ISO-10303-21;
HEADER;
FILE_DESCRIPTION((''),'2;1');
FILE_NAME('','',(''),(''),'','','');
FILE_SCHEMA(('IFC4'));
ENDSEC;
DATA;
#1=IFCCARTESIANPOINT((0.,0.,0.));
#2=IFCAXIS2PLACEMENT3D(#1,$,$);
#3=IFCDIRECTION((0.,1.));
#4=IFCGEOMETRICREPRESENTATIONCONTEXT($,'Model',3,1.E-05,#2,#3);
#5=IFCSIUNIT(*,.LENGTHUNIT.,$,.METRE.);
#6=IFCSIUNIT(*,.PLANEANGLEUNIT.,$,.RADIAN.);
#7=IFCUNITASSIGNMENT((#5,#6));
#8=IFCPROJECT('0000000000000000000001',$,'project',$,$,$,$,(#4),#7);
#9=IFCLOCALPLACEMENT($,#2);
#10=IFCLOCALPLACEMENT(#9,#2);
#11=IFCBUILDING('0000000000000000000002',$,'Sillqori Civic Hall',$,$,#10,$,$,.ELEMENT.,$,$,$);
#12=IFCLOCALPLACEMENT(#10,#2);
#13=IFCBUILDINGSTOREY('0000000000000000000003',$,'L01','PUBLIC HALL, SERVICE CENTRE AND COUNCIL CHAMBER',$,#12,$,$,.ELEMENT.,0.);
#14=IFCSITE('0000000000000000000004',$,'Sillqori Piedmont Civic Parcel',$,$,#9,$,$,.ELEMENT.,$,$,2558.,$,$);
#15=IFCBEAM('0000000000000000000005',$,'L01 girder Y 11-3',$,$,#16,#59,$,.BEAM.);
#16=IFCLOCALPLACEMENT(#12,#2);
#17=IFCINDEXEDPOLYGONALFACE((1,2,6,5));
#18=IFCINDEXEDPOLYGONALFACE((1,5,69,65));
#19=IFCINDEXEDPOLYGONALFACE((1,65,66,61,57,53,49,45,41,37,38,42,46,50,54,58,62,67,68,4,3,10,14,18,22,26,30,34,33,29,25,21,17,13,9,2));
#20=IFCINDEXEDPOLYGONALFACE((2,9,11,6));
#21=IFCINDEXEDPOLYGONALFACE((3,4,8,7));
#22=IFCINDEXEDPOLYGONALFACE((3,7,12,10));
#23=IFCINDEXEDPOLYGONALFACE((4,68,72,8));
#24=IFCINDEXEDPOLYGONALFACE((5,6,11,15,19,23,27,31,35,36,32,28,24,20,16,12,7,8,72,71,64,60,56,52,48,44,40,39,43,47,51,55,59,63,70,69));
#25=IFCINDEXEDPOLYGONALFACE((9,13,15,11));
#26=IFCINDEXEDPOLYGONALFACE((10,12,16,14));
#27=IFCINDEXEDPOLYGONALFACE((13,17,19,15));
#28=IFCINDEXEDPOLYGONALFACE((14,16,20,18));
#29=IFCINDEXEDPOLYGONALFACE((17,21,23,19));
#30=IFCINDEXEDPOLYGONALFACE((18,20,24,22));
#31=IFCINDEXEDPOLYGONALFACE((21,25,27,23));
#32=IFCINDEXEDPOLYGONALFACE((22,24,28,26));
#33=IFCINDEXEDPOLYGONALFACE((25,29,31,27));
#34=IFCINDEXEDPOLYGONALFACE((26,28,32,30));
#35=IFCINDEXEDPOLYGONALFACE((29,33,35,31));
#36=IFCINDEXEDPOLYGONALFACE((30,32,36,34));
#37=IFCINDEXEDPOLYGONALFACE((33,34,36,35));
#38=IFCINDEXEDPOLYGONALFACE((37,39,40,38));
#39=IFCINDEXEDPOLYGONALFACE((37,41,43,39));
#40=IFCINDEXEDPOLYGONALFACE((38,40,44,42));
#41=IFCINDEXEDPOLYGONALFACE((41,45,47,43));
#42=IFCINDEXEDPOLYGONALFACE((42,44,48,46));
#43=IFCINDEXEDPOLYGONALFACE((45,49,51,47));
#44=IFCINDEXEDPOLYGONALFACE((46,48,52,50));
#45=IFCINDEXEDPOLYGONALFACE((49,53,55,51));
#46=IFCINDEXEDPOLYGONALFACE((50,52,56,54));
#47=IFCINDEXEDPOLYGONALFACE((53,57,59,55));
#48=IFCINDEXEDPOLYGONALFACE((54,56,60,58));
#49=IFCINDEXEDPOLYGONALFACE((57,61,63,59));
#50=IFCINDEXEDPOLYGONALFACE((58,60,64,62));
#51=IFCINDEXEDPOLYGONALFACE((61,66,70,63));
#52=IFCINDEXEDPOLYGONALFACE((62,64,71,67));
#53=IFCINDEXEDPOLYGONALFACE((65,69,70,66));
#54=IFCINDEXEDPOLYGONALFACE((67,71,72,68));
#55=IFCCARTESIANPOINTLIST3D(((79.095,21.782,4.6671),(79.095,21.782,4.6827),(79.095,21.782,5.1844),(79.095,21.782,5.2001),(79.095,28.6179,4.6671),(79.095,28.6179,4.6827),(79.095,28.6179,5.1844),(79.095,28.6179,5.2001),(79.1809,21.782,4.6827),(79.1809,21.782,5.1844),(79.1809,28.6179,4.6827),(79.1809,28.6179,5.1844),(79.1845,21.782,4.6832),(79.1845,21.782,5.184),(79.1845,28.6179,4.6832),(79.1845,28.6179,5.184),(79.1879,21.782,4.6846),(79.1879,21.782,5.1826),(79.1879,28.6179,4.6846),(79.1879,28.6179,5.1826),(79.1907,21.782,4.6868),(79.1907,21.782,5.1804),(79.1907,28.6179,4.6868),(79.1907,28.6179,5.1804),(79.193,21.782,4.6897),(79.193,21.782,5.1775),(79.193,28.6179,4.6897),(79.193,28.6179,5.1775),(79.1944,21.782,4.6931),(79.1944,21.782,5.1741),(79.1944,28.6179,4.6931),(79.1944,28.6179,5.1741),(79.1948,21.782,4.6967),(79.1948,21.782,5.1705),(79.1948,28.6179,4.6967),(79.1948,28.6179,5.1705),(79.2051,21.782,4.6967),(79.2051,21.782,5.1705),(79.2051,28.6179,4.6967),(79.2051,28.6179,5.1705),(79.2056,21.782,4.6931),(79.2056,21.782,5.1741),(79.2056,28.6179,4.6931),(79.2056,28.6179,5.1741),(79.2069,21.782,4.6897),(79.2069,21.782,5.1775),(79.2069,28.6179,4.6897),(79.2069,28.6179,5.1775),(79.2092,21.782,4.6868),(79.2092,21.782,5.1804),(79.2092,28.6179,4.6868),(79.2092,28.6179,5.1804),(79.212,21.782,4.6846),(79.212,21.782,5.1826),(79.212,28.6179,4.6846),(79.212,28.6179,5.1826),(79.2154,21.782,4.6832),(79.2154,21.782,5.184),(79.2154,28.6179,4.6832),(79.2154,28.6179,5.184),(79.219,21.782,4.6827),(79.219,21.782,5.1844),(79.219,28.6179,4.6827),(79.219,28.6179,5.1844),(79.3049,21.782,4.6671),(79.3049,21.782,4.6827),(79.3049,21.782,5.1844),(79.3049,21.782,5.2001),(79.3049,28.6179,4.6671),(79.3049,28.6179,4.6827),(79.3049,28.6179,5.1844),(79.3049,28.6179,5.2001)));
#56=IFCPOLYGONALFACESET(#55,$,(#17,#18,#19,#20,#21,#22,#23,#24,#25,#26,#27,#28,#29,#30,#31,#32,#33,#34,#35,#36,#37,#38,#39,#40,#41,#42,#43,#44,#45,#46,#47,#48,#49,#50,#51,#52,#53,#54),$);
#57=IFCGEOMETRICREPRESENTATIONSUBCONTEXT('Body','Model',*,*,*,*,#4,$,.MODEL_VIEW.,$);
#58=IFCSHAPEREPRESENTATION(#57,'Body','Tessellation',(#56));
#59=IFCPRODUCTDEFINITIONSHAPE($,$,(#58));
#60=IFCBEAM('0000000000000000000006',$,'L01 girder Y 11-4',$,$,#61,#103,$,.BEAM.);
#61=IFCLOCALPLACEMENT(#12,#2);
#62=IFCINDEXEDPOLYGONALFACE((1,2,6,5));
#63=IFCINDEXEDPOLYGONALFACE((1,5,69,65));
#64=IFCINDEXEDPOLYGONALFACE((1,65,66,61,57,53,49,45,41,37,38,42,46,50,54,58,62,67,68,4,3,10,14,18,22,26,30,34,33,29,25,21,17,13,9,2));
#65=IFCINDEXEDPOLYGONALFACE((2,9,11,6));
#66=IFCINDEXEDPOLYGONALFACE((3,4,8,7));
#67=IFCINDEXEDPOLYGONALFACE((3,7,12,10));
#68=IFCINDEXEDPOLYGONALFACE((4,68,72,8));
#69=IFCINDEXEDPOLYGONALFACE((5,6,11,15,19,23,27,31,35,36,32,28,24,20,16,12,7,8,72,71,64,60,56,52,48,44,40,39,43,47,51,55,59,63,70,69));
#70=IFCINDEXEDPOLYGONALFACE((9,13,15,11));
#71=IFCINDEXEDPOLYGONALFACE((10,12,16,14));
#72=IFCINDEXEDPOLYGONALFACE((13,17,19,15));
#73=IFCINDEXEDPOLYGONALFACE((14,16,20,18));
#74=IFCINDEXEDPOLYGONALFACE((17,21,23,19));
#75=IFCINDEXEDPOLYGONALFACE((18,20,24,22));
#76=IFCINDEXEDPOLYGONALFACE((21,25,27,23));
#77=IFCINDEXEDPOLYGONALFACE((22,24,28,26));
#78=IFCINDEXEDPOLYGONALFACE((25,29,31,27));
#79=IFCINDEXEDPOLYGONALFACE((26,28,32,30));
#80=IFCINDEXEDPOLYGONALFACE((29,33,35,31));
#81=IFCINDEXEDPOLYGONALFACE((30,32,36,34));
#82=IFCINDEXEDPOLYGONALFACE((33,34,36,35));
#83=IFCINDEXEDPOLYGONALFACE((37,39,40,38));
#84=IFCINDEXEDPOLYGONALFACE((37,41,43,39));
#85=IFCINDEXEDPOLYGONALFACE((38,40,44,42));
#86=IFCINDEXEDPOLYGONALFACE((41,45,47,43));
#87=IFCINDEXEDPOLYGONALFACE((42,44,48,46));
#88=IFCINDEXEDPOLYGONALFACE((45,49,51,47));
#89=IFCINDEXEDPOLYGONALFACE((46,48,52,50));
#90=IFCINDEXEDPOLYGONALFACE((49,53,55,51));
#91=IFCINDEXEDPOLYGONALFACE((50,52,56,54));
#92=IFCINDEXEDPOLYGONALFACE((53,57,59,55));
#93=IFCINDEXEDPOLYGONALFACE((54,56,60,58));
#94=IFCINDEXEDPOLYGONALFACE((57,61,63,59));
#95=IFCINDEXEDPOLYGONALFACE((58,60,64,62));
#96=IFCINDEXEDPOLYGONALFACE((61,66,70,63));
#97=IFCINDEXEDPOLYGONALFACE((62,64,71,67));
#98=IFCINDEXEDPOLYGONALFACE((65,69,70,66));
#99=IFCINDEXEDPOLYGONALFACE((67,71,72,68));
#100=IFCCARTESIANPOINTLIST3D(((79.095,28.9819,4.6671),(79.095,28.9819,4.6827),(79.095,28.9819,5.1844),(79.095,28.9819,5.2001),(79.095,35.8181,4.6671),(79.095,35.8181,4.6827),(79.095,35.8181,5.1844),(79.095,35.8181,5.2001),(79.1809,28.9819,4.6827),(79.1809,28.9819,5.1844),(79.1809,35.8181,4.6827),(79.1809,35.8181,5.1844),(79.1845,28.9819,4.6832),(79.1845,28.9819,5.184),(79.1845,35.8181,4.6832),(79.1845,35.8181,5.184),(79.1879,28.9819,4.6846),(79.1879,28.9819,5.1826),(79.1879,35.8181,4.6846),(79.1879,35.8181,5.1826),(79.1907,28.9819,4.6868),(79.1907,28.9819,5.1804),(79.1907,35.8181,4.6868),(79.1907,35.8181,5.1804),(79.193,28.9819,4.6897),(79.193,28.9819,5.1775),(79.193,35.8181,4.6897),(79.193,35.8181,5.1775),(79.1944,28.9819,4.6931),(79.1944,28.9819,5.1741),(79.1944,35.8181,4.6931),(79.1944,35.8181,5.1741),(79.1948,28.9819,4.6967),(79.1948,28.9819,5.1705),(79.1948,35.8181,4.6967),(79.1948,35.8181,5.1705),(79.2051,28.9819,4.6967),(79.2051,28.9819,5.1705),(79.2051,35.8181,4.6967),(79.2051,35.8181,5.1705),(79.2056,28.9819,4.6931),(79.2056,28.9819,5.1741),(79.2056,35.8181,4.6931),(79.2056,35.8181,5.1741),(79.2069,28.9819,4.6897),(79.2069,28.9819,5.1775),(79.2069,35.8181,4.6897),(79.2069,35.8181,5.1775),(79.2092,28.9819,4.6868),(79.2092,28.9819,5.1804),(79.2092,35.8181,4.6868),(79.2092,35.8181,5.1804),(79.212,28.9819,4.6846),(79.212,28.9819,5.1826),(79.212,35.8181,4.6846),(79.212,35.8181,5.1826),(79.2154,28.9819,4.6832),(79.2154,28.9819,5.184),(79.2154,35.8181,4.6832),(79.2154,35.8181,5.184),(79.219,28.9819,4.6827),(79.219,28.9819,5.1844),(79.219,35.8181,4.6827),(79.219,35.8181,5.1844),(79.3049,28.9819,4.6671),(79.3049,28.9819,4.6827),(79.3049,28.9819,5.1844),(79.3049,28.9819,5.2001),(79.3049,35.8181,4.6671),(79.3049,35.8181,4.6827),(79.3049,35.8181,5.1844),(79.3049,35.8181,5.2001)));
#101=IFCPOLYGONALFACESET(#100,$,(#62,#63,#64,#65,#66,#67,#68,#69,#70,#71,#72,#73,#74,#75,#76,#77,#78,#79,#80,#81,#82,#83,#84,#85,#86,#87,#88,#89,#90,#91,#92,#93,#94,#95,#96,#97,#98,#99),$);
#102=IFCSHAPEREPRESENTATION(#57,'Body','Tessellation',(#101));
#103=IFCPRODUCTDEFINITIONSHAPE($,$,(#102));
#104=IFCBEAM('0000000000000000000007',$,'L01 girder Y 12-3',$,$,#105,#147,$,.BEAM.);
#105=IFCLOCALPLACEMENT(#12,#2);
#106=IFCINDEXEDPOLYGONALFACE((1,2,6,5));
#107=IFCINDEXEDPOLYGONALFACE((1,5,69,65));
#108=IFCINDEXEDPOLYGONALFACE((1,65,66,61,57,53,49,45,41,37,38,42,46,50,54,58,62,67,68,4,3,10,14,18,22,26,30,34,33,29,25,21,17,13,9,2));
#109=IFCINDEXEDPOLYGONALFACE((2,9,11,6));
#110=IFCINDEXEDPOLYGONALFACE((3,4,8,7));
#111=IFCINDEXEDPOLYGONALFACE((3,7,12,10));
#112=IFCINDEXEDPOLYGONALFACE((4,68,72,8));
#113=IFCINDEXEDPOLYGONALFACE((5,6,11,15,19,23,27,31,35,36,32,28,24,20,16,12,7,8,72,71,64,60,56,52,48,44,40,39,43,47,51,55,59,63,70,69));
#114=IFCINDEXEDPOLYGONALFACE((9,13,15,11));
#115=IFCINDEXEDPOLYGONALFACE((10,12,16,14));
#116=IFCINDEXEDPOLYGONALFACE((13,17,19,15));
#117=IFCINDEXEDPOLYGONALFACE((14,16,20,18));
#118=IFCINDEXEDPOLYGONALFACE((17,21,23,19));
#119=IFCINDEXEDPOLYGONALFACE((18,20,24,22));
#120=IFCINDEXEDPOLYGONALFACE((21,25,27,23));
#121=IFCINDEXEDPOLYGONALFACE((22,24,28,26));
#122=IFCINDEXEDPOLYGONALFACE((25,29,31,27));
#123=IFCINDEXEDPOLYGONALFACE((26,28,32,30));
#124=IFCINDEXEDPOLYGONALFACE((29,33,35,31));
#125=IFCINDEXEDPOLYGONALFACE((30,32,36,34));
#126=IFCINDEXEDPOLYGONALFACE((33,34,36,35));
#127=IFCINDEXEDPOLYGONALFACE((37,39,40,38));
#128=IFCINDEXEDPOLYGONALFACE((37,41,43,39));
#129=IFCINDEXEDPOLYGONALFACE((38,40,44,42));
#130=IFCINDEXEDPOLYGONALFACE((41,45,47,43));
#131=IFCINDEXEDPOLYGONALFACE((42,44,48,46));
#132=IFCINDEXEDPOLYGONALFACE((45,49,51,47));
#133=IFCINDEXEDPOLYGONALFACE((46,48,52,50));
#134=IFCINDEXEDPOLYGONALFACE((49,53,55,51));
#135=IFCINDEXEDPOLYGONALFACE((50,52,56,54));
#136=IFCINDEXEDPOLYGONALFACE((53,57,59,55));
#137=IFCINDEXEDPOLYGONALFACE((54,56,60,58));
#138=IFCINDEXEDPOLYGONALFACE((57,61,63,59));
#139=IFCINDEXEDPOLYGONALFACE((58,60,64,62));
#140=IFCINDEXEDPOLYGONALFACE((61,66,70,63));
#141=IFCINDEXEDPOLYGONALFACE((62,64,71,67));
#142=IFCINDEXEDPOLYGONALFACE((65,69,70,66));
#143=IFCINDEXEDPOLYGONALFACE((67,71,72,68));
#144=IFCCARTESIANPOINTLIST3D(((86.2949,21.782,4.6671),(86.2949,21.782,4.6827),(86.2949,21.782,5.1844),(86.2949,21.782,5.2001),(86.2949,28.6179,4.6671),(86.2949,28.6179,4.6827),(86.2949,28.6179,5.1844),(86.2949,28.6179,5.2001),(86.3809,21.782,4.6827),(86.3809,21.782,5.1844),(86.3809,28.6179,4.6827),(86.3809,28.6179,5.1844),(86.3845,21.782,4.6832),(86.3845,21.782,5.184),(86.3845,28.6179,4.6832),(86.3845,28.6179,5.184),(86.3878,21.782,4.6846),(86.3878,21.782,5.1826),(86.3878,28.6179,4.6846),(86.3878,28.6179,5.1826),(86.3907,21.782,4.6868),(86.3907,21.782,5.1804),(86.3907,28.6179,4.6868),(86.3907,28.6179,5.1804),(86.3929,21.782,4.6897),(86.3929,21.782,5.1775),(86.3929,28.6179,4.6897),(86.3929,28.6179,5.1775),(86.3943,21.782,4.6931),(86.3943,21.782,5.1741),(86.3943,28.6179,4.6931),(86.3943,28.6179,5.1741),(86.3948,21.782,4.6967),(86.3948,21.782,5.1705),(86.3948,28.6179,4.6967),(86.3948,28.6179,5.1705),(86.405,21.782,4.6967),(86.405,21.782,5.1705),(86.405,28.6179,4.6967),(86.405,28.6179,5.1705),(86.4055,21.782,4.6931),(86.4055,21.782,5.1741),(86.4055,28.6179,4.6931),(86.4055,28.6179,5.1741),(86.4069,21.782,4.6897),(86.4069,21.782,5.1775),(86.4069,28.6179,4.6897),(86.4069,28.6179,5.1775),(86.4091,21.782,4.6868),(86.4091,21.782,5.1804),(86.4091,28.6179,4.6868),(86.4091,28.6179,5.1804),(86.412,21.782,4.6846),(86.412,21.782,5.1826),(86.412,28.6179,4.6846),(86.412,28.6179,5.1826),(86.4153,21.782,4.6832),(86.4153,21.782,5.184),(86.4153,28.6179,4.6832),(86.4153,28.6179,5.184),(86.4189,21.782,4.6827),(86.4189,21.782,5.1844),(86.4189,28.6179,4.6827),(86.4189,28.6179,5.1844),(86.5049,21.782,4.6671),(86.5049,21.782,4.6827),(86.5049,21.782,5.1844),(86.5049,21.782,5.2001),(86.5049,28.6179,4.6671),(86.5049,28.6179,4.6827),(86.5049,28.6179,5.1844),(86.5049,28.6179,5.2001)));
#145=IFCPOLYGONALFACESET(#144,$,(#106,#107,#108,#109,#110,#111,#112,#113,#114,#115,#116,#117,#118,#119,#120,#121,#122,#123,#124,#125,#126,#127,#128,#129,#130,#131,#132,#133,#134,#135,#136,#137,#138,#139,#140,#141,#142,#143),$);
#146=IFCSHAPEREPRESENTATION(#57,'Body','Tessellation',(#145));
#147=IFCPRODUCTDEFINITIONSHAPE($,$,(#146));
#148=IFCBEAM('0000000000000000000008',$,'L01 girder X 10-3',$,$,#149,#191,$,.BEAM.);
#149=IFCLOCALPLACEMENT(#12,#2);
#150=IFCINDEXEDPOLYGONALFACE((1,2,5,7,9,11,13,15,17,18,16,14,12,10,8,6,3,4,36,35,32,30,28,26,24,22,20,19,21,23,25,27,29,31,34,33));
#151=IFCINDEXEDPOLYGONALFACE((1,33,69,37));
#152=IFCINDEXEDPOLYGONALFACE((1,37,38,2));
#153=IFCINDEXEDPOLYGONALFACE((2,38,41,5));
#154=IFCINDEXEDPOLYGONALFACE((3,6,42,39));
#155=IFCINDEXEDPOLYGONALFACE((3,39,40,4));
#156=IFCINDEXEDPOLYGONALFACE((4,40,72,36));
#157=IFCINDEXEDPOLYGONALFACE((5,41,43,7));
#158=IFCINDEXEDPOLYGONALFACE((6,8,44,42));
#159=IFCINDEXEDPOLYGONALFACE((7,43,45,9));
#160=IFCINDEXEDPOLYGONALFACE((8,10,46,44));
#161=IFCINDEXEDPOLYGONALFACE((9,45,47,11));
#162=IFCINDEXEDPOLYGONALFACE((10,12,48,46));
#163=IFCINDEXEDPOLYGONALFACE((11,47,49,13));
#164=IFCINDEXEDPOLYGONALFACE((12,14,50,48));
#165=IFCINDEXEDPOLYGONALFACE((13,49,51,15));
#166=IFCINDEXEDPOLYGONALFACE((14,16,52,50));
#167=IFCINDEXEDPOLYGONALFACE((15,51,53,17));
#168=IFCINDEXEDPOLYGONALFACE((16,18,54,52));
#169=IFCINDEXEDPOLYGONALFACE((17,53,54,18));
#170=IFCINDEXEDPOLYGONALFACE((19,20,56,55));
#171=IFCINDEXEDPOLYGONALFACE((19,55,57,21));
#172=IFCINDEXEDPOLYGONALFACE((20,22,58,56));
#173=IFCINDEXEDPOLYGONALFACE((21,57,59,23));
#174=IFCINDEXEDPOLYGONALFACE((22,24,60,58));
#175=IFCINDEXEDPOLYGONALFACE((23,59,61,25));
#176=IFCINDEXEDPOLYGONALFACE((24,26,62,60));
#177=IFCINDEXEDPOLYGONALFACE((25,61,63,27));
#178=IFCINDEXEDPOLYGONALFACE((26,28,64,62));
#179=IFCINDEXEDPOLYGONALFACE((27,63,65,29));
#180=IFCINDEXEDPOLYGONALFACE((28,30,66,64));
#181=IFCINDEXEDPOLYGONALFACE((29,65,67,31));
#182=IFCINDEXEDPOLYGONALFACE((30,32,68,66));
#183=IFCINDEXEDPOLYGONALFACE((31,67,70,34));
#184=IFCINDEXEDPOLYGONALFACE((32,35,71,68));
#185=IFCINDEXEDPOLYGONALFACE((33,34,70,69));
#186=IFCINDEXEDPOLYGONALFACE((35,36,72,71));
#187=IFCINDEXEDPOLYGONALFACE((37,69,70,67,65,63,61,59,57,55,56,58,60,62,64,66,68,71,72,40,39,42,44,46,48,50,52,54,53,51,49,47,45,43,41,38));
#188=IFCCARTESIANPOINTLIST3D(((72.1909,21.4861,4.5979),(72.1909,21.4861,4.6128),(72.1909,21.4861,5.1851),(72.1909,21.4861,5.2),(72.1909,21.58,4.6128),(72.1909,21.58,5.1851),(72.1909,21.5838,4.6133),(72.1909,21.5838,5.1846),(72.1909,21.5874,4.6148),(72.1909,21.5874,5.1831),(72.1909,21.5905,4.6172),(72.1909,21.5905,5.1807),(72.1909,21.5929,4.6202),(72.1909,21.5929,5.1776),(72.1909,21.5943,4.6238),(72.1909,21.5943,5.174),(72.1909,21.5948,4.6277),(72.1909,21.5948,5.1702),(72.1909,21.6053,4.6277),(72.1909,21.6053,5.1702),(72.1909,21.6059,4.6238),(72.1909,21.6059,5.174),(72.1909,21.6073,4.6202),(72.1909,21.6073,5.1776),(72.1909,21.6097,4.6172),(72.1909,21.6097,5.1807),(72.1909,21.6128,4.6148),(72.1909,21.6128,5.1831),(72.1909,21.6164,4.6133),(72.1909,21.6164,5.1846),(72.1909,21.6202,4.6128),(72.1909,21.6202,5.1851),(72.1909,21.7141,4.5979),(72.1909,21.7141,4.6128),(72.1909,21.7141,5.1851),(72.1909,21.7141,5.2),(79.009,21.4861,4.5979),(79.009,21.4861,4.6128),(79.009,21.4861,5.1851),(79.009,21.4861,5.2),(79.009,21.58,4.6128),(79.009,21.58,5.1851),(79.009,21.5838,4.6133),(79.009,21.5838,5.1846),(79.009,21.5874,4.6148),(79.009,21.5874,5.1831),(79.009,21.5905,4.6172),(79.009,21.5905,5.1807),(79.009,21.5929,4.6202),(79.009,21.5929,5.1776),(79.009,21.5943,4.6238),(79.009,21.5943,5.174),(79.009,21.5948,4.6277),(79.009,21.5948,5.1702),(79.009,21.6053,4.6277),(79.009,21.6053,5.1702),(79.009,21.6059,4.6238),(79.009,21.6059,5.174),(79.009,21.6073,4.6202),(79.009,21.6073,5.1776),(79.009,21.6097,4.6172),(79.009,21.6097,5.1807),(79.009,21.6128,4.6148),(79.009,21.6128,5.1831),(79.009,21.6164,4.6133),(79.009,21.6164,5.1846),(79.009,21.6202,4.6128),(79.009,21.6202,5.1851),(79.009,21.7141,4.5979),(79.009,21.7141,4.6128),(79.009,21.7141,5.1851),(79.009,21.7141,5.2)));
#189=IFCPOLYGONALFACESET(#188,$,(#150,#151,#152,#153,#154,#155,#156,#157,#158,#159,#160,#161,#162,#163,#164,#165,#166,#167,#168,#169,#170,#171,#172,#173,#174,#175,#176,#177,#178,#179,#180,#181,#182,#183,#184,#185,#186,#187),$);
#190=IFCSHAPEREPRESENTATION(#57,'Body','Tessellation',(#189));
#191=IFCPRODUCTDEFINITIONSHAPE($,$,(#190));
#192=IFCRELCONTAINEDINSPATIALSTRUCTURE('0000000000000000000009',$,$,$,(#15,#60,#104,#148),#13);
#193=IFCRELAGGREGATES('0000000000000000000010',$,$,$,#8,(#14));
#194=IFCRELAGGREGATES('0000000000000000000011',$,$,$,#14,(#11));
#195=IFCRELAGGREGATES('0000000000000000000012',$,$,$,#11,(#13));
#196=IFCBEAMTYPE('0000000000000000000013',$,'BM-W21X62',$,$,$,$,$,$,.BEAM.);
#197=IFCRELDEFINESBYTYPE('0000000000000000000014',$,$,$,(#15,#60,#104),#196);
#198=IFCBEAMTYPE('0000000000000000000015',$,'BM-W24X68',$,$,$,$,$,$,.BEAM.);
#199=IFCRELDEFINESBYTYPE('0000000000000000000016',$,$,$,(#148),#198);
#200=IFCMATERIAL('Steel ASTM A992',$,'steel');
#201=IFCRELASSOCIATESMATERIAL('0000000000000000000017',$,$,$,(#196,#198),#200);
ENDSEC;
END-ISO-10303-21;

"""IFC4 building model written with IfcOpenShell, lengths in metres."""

from ifc_helpers import new_model, si_unit, direction, frame, origin, origin_2d, place, context, subcontext, project, spatial, i_section, extrude, material, material_profile, profile_set, type_object, element, save


model = new_model("IFC4")

# Units and contexts
model_context = context("Model", 3, precision=1e-05, world=origin(), true_north=direction((0.0, 1.0)))
body_context = subcontext(model_context, "Body", "Model", "MODEL_VIEW")
ifc_project = project(units=[si_unit("LENGTHUNIT", "METRE"), si_unit("PLANEANGLEUNIT", "RADIAN")], contexts=[model_context])

# Site, building, storey
site_placement = place(None, origin())
site = spatial("IfcSite", under=ifc_project, at=site_placement, Name="Sillqori Piedmont Civic Parcel", CompositionType="ELEMENT", RefElevation=2558.0)
building_placement = place(site_placement, origin())
building = spatial("IfcBuilding", under=site, at=building_placement, Name="Sillqori Civic Hall", CompositionType="ELEMENT")
storey_placement = place(building_placement, origin())
storey = spatial("IfcBuildingStorey", under=building, at=storey_placement, Name="L01", Description="PUBLIC HALL, SERVICE CENTRE AND COUNCIL CHAMBER", CompositionType="ELEMENT", Elevation=0.0)

# Shared definitions
ifc_material_1 = material(Name="Steel ASTM A992", Category="steel")

# Beams
ifc_material_profile_1 = material_profile(ifc_material_1, i_section(OverallWidth=0.21, OverallDepth=0.533, WebThickness=0.0103, FlangeThickness=0.0156, FilletRadius=0.0139, at=origin_2d()), Name="W21X62")
ifc_profile_set_1 = profile_set([ifc_material_profile_1], Name="Steel ASTM A992")
beam_type_1 = type_object("IfcBeamType", Name="BM-W21X62", PredefinedType="BEAM", material=ifc_profile_set_1)
beam_1_placement = place(storey_placement, frame((79.2, 21.782, 4.9336), z_axis=(0.0, 1.0, 0.0), x_axis=(-1.0, 0.0, 0.0)))
element("IfcBeam", 1, at=beam_1_placement, inside=storey, type_object=beam_type_1, Name="L01 girder Y 11-3", PredefinedType="BEAM", context=body_context, shape_type="SweptSolid", body=[
    extrude(i_section(OverallWidth=0.21, OverallDepth=0.533, WebThickness=0.0103, FlangeThickness=0.0156, FilletRadius=0.0139, at=origin_2d()), origin(), (0.0, 0.0, 1.0), 6.8359),
])
beam_2_placement = place(storey_placement, frame((79.2, 28.9819, 4.9336), z_axis=(0.0, 1.0, 0.0), x_axis=(-1.0, 0.0, 0.0)))
element("IfcBeam", 2, at=beam_2_placement, inside=storey, type_object=beam_type_1, Name="L01 girder Y 11-4", PredefinedType="BEAM", context=body_context, shape_type="SweptSolid", body=[
    extrude(i_section(OverallWidth=0.21, OverallDepth=0.533, WebThickness=0.0103, FlangeThickness=0.0156, FilletRadius=0.0139, at=origin_2d()), origin(), (0.0, 0.0, 1.0), 6.8362),
])
beam_3_placement = place(storey_placement, frame((86.3999, 21.782, 4.9336), z_axis=(0.0, 1.0, 0.0), x_axis=(-1.0, 0.0, 0.0)))
element("IfcBeam", 3, at=beam_3_placement, inside=storey, type_object=beam_type_1, Name="L01 girder Y 12-3", PredefinedType="BEAM", context=body_context, shape_type="SweptSolid", body=[
    extrude(i_section(OverallWidth=0.21, OverallDepth=0.533, WebThickness=0.0103, FlangeThickness=0.0156, FilletRadius=0.0139, at=origin_2d()), origin(), (0.0, 0.0, 1.0), 6.8359),
])
ifc_material_profile_2 = material_profile(ifc_material_1, i_section(OverallWidth=0.228, OverallDepth=0.6021, WebThickness=0.0105, FlangeThickness=0.0149, FilletRadius=0.0149, at=origin_2d()), Name="W24X68")
ifc_profile_set_2 = profile_set([ifc_material_profile_2], Name="Steel ASTM A992")
beam_type_2 = type_object("IfcBeamType", Name="BM-W24X68", PredefinedType="BEAM", material=ifc_profile_set_2)
for number, where, z_axis, x_axis, name in (
    (4, (72.1909, 21.6001, 4.8989), (1.0, 0.0, 0.0), (0.0, 1.0, 0.0), "L01 girder X 10-3"),
):
    element("IfcBeam", number, at=place(storey_placement, frame(where, z_axis=z_axis, x_axis=x_axis)), inside=storey, type_object=beam_type_2, Name=name, PredefinedType="BEAM", context=body_context, shape_type="SweptSolid", body=[
        extrude(i_section(OverallWidth=0.228, OverallDepth=0.6021, WebThickness=0.0105, FlangeThickness=0.0149, FilletRadius=0.0149, at=origin_2d()), origin(), (0.0, 0.0, 1.0), 6.8181),
    ])

save(model, "model.ifc")
